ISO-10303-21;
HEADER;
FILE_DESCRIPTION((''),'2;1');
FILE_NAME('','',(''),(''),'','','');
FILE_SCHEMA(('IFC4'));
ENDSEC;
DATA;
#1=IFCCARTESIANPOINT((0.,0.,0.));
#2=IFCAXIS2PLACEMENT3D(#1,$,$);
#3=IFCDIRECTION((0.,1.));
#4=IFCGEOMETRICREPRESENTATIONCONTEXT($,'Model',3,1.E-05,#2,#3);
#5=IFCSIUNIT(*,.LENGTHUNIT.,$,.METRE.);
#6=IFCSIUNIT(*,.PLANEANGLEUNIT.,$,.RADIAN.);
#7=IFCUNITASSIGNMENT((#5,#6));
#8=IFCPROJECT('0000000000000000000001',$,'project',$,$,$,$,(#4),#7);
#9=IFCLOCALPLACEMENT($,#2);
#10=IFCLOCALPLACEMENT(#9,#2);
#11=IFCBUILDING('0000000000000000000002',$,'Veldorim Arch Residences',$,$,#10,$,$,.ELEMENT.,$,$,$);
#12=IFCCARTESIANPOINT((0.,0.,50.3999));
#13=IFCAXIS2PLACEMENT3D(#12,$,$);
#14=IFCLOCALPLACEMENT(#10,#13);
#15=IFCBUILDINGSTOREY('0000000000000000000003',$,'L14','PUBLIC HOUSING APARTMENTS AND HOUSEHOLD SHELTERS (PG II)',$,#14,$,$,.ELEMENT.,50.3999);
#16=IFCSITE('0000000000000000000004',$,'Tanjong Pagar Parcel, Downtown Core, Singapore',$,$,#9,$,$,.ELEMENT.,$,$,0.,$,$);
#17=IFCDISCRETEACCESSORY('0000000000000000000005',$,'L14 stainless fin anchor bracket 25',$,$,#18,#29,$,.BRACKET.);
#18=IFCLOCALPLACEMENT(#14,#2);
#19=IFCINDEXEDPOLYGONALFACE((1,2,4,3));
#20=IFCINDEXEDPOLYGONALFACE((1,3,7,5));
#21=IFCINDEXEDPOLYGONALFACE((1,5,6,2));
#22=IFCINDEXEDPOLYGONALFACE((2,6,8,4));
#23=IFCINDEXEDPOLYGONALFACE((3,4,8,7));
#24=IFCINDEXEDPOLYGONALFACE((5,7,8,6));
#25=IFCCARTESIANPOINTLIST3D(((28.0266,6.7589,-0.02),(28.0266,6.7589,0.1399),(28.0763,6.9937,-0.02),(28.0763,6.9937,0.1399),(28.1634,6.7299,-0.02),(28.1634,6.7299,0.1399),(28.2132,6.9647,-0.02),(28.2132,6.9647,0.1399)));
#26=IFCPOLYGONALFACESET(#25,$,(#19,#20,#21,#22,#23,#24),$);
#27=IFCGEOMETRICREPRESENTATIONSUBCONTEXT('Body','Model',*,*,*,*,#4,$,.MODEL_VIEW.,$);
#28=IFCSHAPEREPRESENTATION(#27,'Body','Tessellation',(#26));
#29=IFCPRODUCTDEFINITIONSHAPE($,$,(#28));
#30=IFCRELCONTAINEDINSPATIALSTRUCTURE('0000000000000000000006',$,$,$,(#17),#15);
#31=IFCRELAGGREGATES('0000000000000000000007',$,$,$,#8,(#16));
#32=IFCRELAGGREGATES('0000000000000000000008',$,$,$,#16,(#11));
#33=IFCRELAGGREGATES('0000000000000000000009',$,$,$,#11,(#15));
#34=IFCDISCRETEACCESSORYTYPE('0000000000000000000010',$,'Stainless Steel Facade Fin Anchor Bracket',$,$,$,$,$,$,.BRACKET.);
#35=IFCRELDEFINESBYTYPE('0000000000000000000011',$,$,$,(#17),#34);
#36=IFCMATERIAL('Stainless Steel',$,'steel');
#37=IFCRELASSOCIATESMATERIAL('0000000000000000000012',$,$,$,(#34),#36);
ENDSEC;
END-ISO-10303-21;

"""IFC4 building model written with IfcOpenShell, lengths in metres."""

from ifc_helpers import new_model, si_unit, direction, frame, origin, origin_2d, place, context, subcontext, project, spatial, rectangle, extrude, material, type_object, element, save


model = new_model("IFC4")

# Units and contexts
model_context = context("Model", 3, precision=1e-05, world=origin(), true_north=direction((0.0, 1.0)))
body_context = subcontext(model_context, "Body", "Model", "MODEL_VIEW")
ifc_project = project(units=[si_unit("LENGTHUNIT", "METRE"), si_unit("PLANEANGLEUNIT", "RADIAN")], contexts=[model_context])

# Site, building, storey
site_placement = place(None, origin())
site = spatial("IfcSite", under=ifc_project, at=site_placement, Name="Tanjong Pagar Parcel, Downtown Core, Singapore", CompositionType="ELEMENT", RefElevation=0.0)
building_placement = place(site_placement, origin())
building = spatial("IfcBuilding", under=site, at=building_placement, Name="Veldorim Arch Residences", CompositionType="ELEMENT")
storey_placement = place(building_placement, frame((0.0, 0.0, 50.3999)))
storey = spatial("IfcBuildingStorey", under=building, at=storey_placement, Name="L14", Description="PUBLIC HOUSING APARTMENTS AND HOUSEHOLD SHELTERS (PG II)", CompositionType="ELEMENT", Elevation=50.3999)

# Discrete accessory
ifc_material_1 = material(Name="Stainless Steel", Category="steel")
discrete_accessory_type = type_object("IfcDiscreteAccessoryType", Name="Stainless Steel Facade Fin Anchor Bracket", PredefinedType="BRACKET", material=ifc_material_1)
discrete_accessory_placement = place(storey_placement, frame((28.1199, 6.8618, -0.02), z_axis=(0.0, 0.0, 1.0), x_axis=(-0.978256, 0.2074, 0.0)))
element("IfcDiscreteAccessory", 1, at=discrete_accessory_placement, inside=storey, type_object=discrete_accessory_type, Name="L14 stainless fin anchor bracket 25", PredefinedType="BRACKET", context=body_context, shape_type="SweptSolid", body=[
    extrude(rectangle(XDim=0.1399, YDim=0.24, at=origin_2d()), origin(), (0.0, 0.0, 1.0), 0.1599),
])

save(model, "model.ifc")
